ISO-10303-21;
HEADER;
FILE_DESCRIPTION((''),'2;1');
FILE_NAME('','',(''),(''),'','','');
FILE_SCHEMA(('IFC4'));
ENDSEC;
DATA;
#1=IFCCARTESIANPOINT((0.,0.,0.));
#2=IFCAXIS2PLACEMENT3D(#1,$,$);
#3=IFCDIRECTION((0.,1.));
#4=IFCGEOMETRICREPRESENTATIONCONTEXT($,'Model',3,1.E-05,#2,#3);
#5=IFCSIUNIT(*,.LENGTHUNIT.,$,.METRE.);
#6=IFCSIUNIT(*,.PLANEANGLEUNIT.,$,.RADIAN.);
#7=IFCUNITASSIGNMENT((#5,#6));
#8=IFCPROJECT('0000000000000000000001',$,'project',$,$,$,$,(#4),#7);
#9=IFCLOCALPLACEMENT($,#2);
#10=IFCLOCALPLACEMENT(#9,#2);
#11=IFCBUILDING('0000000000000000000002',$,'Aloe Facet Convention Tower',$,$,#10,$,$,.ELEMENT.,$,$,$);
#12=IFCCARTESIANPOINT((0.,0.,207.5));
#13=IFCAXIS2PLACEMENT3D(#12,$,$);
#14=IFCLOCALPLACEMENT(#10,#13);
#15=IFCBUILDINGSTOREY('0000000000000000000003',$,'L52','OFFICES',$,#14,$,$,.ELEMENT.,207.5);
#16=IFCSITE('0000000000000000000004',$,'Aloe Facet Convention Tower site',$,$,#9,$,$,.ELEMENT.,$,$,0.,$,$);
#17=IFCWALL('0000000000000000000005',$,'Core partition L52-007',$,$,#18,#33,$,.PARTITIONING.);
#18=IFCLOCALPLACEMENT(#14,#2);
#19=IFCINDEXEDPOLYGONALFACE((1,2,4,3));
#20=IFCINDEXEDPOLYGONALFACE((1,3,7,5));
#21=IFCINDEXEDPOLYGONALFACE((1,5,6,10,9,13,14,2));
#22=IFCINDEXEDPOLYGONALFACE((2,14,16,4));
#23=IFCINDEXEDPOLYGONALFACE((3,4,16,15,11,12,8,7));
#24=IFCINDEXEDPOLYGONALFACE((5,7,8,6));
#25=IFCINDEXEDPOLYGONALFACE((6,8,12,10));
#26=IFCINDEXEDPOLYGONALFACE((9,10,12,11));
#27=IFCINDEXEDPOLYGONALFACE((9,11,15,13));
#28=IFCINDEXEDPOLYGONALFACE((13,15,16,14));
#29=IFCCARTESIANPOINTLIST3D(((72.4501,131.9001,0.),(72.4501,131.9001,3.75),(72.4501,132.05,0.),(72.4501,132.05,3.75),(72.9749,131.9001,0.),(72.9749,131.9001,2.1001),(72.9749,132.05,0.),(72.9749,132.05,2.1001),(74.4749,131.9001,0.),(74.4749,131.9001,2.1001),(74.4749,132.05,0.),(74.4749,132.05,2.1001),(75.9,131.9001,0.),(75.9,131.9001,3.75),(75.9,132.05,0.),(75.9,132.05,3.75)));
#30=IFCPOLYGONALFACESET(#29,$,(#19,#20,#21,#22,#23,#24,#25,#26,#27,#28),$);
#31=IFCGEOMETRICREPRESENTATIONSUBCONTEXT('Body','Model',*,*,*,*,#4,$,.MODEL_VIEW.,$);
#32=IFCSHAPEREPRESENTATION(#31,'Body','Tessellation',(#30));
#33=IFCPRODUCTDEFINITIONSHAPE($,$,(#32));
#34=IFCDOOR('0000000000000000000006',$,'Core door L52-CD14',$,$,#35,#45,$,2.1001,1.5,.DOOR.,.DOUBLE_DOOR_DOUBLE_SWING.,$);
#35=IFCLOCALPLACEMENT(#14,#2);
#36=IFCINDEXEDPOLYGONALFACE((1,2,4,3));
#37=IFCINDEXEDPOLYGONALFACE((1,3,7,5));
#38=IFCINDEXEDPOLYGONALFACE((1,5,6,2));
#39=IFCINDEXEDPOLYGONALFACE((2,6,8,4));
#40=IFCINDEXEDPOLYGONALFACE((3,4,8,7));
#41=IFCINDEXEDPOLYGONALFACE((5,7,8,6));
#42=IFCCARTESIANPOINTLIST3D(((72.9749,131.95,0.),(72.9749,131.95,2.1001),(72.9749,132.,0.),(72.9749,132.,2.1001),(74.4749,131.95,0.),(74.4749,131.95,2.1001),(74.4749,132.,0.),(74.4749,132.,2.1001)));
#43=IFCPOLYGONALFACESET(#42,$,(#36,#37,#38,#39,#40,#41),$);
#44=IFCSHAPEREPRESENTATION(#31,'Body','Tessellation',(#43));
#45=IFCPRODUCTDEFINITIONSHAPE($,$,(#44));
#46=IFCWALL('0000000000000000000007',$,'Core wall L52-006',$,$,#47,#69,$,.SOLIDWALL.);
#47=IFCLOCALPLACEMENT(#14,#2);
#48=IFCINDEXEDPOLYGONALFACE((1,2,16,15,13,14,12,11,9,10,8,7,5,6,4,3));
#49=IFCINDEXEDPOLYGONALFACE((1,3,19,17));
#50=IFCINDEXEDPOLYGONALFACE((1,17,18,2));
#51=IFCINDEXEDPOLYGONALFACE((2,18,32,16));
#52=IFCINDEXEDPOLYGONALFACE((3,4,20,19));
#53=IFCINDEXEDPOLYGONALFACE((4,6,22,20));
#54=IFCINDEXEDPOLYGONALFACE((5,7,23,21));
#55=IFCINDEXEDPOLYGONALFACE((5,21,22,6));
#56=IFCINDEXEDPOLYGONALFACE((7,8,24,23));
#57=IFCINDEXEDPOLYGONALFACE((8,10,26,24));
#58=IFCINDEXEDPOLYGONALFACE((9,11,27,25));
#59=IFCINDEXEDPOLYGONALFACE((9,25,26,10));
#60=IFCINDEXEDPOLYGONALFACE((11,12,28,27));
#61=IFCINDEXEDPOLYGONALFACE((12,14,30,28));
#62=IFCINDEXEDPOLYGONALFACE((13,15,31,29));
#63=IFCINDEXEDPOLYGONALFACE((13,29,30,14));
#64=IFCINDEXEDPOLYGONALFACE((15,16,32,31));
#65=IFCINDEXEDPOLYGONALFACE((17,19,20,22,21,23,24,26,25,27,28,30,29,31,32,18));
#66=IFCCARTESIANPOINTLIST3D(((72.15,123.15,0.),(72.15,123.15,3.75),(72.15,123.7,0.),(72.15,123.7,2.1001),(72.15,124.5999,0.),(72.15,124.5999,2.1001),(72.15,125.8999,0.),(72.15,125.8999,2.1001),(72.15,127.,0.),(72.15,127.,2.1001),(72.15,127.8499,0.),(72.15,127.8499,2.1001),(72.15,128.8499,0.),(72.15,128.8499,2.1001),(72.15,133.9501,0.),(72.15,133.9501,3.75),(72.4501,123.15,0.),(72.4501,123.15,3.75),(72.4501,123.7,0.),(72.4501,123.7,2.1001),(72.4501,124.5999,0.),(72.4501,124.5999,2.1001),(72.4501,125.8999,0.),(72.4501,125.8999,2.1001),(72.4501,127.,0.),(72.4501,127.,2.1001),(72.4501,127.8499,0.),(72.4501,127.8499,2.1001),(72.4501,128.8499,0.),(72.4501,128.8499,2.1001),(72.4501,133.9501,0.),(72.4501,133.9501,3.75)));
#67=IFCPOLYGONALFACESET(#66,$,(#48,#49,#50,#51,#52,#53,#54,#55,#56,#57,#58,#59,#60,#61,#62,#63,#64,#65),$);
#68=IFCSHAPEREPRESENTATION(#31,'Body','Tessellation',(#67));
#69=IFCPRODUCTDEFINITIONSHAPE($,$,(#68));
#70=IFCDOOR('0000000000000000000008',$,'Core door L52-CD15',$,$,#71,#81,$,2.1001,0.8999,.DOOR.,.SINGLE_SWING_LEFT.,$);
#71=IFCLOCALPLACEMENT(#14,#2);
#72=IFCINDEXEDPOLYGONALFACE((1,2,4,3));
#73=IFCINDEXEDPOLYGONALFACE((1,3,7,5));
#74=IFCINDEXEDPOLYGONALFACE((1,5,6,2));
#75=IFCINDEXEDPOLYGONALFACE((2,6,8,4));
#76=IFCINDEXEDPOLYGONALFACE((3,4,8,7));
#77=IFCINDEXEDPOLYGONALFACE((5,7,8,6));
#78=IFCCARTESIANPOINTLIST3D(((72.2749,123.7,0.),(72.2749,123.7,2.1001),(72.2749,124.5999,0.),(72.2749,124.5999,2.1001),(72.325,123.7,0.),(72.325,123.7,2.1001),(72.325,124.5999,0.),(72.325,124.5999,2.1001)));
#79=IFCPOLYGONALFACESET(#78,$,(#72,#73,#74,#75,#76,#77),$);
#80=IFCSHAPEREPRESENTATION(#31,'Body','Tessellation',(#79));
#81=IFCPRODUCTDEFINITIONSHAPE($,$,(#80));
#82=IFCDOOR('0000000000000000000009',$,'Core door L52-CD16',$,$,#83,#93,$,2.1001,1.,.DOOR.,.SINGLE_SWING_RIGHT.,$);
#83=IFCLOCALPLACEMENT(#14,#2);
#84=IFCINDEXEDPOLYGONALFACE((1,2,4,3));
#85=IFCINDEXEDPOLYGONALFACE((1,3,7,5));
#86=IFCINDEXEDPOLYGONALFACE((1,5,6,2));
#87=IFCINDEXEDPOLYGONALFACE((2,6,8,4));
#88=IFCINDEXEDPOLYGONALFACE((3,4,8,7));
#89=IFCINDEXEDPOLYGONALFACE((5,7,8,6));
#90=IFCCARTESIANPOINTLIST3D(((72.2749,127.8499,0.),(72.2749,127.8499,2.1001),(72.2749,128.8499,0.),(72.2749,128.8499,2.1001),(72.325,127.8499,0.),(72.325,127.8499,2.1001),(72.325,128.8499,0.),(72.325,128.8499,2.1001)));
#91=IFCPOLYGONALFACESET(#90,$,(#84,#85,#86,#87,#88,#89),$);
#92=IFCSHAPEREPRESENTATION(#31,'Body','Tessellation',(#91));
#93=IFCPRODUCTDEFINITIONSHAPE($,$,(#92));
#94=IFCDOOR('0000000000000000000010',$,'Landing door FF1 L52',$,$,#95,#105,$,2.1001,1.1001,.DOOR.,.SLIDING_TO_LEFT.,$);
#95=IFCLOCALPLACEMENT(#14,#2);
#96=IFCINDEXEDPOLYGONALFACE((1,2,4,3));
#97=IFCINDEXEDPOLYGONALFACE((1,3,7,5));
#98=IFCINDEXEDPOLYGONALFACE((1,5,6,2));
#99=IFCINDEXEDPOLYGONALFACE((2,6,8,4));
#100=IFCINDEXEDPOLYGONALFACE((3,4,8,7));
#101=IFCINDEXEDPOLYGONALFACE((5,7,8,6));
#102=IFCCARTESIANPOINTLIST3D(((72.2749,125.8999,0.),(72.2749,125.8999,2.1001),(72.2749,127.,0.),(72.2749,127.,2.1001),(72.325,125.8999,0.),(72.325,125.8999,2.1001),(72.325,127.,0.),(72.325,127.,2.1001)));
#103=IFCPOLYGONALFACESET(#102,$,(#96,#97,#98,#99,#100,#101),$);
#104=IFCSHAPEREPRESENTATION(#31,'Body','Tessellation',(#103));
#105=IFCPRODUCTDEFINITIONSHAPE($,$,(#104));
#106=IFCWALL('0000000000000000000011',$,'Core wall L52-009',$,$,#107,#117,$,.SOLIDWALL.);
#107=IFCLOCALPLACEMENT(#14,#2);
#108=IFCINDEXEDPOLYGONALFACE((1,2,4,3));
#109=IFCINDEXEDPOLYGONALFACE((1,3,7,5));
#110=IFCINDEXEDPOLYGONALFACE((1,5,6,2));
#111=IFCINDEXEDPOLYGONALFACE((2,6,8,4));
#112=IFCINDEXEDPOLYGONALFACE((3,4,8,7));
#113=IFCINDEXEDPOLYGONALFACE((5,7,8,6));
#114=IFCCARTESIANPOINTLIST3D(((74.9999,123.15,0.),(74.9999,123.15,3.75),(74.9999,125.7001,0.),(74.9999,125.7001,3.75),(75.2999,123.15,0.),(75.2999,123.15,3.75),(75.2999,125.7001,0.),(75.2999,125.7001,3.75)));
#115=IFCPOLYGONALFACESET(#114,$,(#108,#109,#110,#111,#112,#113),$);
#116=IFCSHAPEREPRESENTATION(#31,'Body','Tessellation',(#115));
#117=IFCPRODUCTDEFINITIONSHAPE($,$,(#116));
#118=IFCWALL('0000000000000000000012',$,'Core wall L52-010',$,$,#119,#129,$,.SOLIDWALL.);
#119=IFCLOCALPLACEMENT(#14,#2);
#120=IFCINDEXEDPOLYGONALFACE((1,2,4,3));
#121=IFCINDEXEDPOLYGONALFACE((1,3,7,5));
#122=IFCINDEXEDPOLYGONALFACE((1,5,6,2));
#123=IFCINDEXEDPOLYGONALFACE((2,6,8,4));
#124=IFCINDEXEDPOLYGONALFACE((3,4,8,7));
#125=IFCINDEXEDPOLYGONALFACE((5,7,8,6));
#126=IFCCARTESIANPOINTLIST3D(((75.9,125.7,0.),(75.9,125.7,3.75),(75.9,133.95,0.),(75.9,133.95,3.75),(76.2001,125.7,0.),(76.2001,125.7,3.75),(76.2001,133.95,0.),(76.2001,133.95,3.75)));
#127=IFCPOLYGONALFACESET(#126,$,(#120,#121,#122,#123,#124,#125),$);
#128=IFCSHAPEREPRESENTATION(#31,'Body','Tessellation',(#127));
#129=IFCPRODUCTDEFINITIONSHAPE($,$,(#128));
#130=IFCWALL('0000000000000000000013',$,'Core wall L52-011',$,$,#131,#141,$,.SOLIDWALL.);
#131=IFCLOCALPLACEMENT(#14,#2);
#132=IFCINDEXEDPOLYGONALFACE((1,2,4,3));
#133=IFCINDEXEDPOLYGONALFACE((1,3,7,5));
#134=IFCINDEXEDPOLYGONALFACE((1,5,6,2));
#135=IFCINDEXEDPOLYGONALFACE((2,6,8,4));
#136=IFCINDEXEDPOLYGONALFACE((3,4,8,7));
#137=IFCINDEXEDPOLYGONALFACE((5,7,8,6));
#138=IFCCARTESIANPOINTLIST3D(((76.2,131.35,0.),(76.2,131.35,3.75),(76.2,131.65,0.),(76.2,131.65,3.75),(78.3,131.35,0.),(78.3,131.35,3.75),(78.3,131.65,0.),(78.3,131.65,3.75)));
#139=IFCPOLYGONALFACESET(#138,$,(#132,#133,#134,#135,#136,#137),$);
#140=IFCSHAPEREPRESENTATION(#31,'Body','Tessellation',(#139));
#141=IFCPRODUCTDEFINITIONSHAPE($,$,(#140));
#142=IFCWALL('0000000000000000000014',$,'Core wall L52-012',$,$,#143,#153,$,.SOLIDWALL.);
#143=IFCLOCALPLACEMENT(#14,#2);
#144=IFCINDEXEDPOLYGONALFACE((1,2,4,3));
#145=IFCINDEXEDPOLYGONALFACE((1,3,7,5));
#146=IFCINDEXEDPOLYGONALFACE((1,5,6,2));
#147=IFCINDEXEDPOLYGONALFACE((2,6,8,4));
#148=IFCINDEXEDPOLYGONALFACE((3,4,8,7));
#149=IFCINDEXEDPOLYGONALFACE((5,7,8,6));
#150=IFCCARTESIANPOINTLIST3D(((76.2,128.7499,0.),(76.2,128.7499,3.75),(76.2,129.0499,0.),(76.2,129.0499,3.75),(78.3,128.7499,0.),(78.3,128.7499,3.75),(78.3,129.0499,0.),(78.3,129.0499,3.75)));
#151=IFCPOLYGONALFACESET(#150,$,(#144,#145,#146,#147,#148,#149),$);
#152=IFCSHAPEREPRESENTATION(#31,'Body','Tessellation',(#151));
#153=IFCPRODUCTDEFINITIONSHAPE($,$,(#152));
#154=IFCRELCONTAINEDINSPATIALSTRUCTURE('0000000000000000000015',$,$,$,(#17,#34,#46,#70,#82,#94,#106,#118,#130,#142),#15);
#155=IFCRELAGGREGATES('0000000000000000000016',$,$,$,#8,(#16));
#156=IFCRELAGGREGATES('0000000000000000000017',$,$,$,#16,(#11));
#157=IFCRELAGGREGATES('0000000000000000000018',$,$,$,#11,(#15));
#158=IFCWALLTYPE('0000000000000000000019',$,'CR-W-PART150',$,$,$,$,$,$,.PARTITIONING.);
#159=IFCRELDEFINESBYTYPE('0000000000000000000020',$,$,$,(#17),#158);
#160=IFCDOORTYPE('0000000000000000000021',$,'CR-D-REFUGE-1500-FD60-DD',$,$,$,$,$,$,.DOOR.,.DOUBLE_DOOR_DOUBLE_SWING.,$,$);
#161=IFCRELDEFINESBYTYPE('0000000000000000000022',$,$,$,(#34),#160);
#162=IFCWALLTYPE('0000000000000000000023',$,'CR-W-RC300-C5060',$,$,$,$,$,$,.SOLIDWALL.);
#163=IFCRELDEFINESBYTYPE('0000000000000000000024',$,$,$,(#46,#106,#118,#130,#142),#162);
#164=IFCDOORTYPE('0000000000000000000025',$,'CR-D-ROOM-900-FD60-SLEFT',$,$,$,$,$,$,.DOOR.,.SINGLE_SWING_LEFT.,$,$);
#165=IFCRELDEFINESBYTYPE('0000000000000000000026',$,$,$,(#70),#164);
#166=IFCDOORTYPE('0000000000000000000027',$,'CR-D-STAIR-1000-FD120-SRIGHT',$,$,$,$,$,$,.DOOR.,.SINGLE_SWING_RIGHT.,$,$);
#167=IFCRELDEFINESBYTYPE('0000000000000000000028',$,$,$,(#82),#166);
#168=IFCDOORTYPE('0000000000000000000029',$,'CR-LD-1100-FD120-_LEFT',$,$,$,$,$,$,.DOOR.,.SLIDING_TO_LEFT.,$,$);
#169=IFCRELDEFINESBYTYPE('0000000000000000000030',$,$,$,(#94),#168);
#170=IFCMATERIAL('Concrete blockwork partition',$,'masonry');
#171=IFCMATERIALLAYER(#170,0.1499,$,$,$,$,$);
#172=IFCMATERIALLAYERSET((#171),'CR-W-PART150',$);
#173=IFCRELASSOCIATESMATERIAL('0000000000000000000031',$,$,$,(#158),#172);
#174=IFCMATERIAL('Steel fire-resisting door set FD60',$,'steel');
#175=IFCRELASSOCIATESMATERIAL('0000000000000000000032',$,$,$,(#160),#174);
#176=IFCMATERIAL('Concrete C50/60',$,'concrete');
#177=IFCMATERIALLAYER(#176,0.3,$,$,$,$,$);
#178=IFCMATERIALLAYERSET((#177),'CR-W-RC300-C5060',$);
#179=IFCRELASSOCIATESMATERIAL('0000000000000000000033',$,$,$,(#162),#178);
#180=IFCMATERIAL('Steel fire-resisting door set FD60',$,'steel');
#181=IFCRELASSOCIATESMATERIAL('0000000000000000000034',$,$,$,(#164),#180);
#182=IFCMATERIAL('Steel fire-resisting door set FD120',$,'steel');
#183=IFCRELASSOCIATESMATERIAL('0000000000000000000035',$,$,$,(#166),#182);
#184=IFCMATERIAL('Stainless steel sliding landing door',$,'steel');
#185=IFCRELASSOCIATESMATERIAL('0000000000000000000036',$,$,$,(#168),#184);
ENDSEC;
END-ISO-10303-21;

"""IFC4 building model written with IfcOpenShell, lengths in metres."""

from ifc_helpers import new_model, si_unit, direction, frame, frame_2d, origin, place, context, subcontext, project, spatial, rectangle, extrude, material, layer, layer_set, type_object, element, fill, save


model = new_model("IFC4")

# Units and contexts
model_context = context("Model", 3, precision=1e-05, world=origin(), true_north=direction((0.0, 1.0)))
body_context = subcontext(model_context, "Body", "Model", "MODEL_VIEW")
ifc_project = project(units=[si_unit("LENGTHUNIT", "METRE"), si_unit("PLANEANGLEUNIT", "RADIAN")], contexts=[model_context])

# Site, building, storey
site_placement = place(None, origin())
site = spatial("IfcSite", under=ifc_project, at=site_placement, Name="Aloe Facet Convention Tower site", CompositionType="ELEMENT", RefElevation=0.0)
building_placement = place(site_placement, origin())
building = spatial("IfcBuilding", under=site, at=building_placement, Name="Aloe Facet Convention Tower", CompositionType="ELEMENT")
storey_placement = place(building_placement, frame((0.0, 0.0, 207.5)))
storey = spatial("IfcBuildingStorey", under=building, at=storey_placement, Name="L52", Description="OFFICES", CompositionType="ELEMENT", Elevation=207.5)

# Wall, opening, door
ifc_material_1 = material(Name="Concrete blockwork partition", Category="masonry")
ifc_layer_1 = layer(ifc_material_1, 0.1499)
ifc_layer_set_1 = layer_set([ifc_layer_1], Name="CR-W-PART150")
wall_type_1 = type_object("IfcWallType", Name="CR-W-PART150", PredefinedType="PARTITIONING", material=ifc_layer_set_1)
wall_1_placement = place(storey_placement, frame((72.45, 131.9751, 0.0), z_axis=(0.0, 0.0, 1.0), x_axis=(1.0, 0.0, 0.0)))
wall_1 = element("IfcWall", 1, at=wall_1_placement, inside=storey, type_object=wall_type_1, Name="Core partition L52-007", PredefinedType="PARTITIONING", context=body_context, shape_type="SweptSolid", body=[
    extrude(rectangle(XDim=3.45, YDim=0.1499, at=frame_2d((1.7251, 0.0))), origin(), (0.0, 0.0, 1.0), 3.75),
])
opening_1_placement = place(wall_1_placement, frame((0.5249, 0.0, 0.0)))
opening_1 = element("IfcOpeningElement", 2, at=opening_1_placement, cuts=wall_1, PredefinedType="OPENING", context=body_context, shape_type="SweptSolid", body=[
    extrude(rectangle(XDim=1.5, YDim=2.1001, at=frame_2d((0.75, 1.05))), frame((0.0, 0.085, 0.0), z_axis=(0.0, -1.0, 0.0), x_axis=(1.0, 0.0, 0.0)), (0.0, 0.0, 1.0), 0.1699),
])
ifc_material_2 = material(Name="Steel fire-resisting door set FD60", Category="steel")
door_type_1 = type_object("IfcDoorType", Name="CR-D-REFUGE-1500-FD60-DD", OperationType="DOUBLE_DOOR_DOUBLE_SWING", PredefinedType="DOOR", material=ifc_material_2)
door_1_placement = place(opening_1_placement, origin())
door_1 = element("IfcDoor", 3, at=door_1_placement, inside=storey, type_object=door_type_1, Name="Core door L52-CD14", OperationType="DOUBLE_DOOR_DOUBLE_SWING", OverallHeight=2.1001, OverallWidth=1.5, PredefinedType="DOOR", context=body_context, shape_type="SweptSolid", body=[
    extrude(rectangle(XDim=1.5, YDim=2.1001, at=frame_2d((0.75, 1.05))), frame((0.0, 0.0249, 0.0), z_axis=(0.0, -1.0, 0.0), x_axis=(1.0, 0.0, 0.0)), (0.0, 0.0, 1.0), 0.05),
])
fill(opening_1, door_1)

# Wall, openings, doors
ifc_material_3 = material(Name="Concrete C50/60", Category="concrete")
ifc_layer_2 = layer(ifc_material_3, 0.3)
ifc_layer_set_2 = layer_set([ifc_layer_2], Name="CR-W-RC300-C5060")
wall_type_2 = type_object("IfcWallType", Name="CR-W-RC300-C5060", PredefinedType="SOLIDWALL", material=ifc_layer_set_2)
wall_2_placement = place(storey_placement, frame((72.3, 133.95, 0.0), z_axis=(0.0, 0.0, 1.0), x_axis=(0.0, -1.0, 0.0)))
wall_2 = element("IfcWall", 4, at=wall_2_placement, inside=storey, type_object=wall_type_2, Name="Core wall L52-006", PredefinedType="SOLIDWALL", context=body_context, shape_type="SweptSolid", body=[
    extrude(rectangle(XDim=10.8, YDim=0.3, at=frame_2d((5.3999, 0.0))), origin(), (0.0, 0.0, 1.0), 3.75),
])
opening_2_placement = place(wall_2_placement, frame((6.95, 0.0, 0.0)))
opening_2 = element("IfcOpeningElement", 5, at=opening_2_placement, cuts=wall_2, PredefinedType="OPENING", context=body_context, shape_type="SweptSolid", body=[
    extrude(rectangle(XDim=1.1001, YDim=2.1001, at=frame_2d((0.55, 1.05))), frame((0.0, 0.1602, 0.0), z_axis=(0.0, -1.0, 0.0), x_axis=(1.0, 0.0, 0.0)), (0.0, 0.0, 1.0), 0.3201),
])
opening_3_placement = place(wall_2_placement, frame((9.3501, 0.0, 0.0)))
opening_3 = element("IfcOpeningElement", 6, at=opening_3_placement, cuts=wall_2, PredefinedType="OPENING", context=body_context, shape_type="SweptSolid", body=[
    extrude(rectangle(XDim=0.8999, YDim=2.1001, at=frame_2d((0.45, 1.05))), frame((0.0, 0.1602, 0.0), z_axis=(0.0, -1.0, 0.0), x_axis=(1.0, 0.0, 0.0)), (0.0, 0.0, 1.0), 0.3201),
])
opening_4_placement = place(wall_2_placement, frame((5.1001, 0.0, 0.0)))
opening_4 = element("IfcOpeningElement", 7, at=opening_4_placement, cuts=wall_2, PredefinedType="OPENING", context=body_context, shape_type="SweptSolid", body=[
    extrude(rectangle(XDim=1.0, YDim=2.1001, at=frame_2d((0.5, 1.05))), frame((0.0, 0.1602, 0.0), z_axis=(0.0, -1.0, 0.0), x_axis=(1.0, 0.0, 0.0)), (0.0, 0.0, 1.0), 0.3201),
])
ifc_material_4 = material(Name="Steel fire-resisting door set FD60", Category="steel")
door_type_2 = type_object("IfcDoorType", Name="CR-D-ROOM-900-FD60-SLEFT", OperationType="SINGLE_SWING_LEFT", PredefinedType="DOOR", material=ifc_material_4)
door_2_placement = place(opening_3_placement, origin())
door_2 = element("IfcDoor", 8, at=door_2_placement, inside=storey, type_object=door_type_2, Name="Core door L52-CD15", OperationType="SINGLE_SWING_LEFT", OverallHeight=2.1001, OverallWidth=0.8999, PredefinedType="DOOR", context=body_context, shape_type="SweptSolid", body=[
    extrude(rectangle(XDim=0.8999, YDim=2.1001, at=frame_2d((0.45, 1.05))), frame((0.0, 0.0249, 0.0), z_axis=(0.0, -1.0, 0.0), x_axis=(1.0, 0.0, 0.0)), (0.0, 0.0, 1.0), 0.05),
])
fill(opening_3, door_2)
ifc_material_5 = material(Name="Steel fire-resisting door set FD120", Category="steel")
door_type_3 = type_object("IfcDoorType", Name="CR-D-STAIR-1000-FD120-SRIGHT", OperationType="SINGLE_SWING_RIGHT", PredefinedType="DOOR", material=ifc_material_5)
door_3_placement = place(opening_4_placement, origin())
door_3 = element("IfcDoor", 9, at=door_3_placement, inside=storey, type_object=door_type_3, Name="Core door L52-CD16", OperationType="SINGLE_SWING_RIGHT", OverallHeight=2.1001, OverallWidth=1.0, PredefinedType="DOOR", context=body_context, shape_type="SweptSolid", body=[
    extrude(rectangle(XDim=1.0, YDim=2.1001, at=frame_2d((0.5, 1.05))), frame((0.0, 0.0249, 0.0), z_axis=(0.0, -1.0, 0.0), x_axis=(1.0, 0.0, 0.0)), (0.0, 0.0, 1.0), 0.05),
])
fill(opening_4, door_3)
ifc_material_6 = material(Name="Stainless steel sliding landing door", Category="steel")
door_type_4 = type_object("IfcDoorType", Name="CR-LD-1100-FD120-_LEFT", OperationType="SLIDING_TO_LEFT", PredefinedType="DOOR", material=ifc_material_6)
door_4_placement = place(opening_2_placement, origin())
door_4 = element("IfcDoor", 10, at=door_4_placement, inside=storey, type_object=door_type_4, Name="Landing door FF1 L52", OperationType="SLIDING_TO_LEFT", OverallHeight=2.1001, OverallWidth=1.1001, PredefinedType="DOOR", context=body_context, shape_type="SweptSolid", body=[
    extrude(rectangle(XDim=1.1001, YDim=2.1001, at=frame_2d((0.55, 1.05))), frame((0.0, 0.0249, 0.0), z_axis=(0.0, -1.0, 0.0), x_axis=(1.0, 0.0, 0.0)), (0.0, 0.0, 1.0), 0.05),
])
fill(opening_2, door_4)

# Walls
wall_3_placement = place(storey_placement, frame((75.1499, 125.7, 0.0), z_axis=(0.0, 0.0, 1.0), x_axis=(0.0, -1.0, 0.0)))
element("IfcWall", 11, at=wall_3_placement, inside=storey, type_object=wall_type_2, Name="Core wall L52-009", PredefinedType="SOLIDWALL", context=body_context, shape_type="SweptSolid", body=[
    extrude(rectangle(XDim=2.55, YDim=0.3, at=frame_2d((1.2749, 0.0))), origin(), (0.0, 0.0, 1.0), 3.75),
])
wall_4_placement = place(storey_placement, frame((76.05, 133.95, 0.0), z_axis=(0.0, 0.0, 1.0), x_axis=(0.0, -1.0, 0.0)))
element("IfcWall", 12, at=wall_4_placement, inside=storey, type_object=wall_type_2, Name="Core wall L52-010", PredefinedType="SOLIDWALL", context=body_context, shape_type="SweptSolid", body=[
    extrude(rectangle(XDim=8.25, YDim=0.3, at=frame_2d((4.125, 0.0))), origin(), (0.0, 0.0, 1.0), 3.75),
])
for number, where, z_axis, x_axis, name in (
    (13, (76.2, 131.5, 0.0), (0.0, 0.0, 1.0), (1.0, 0.0, 0.0), "Core wall L52-011"),
    (14, (76.2, 128.8999, 0.0), (0.0, 0.0, 1.0), (1.0, 0.0, 0.0), "Core wall L52-012"),
):
    element("IfcWall", number, at=place(storey_placement, frame(where, z_axis=z_axis, x_axis=x_axis)), inside=storey, type_object=wall_type_2, Name=name, PredefinedType="SOLIDWALL", context=body_context, shape_type="SweptSolid", body=[
        extrude(rectangle(XDim=2.1001, YDim=0.3, at=frame_2d((1.05, 0.0))), origin(), (0.0, 0.0, 1.0), 3.75),
    ])

save(model, "model.ifc")
